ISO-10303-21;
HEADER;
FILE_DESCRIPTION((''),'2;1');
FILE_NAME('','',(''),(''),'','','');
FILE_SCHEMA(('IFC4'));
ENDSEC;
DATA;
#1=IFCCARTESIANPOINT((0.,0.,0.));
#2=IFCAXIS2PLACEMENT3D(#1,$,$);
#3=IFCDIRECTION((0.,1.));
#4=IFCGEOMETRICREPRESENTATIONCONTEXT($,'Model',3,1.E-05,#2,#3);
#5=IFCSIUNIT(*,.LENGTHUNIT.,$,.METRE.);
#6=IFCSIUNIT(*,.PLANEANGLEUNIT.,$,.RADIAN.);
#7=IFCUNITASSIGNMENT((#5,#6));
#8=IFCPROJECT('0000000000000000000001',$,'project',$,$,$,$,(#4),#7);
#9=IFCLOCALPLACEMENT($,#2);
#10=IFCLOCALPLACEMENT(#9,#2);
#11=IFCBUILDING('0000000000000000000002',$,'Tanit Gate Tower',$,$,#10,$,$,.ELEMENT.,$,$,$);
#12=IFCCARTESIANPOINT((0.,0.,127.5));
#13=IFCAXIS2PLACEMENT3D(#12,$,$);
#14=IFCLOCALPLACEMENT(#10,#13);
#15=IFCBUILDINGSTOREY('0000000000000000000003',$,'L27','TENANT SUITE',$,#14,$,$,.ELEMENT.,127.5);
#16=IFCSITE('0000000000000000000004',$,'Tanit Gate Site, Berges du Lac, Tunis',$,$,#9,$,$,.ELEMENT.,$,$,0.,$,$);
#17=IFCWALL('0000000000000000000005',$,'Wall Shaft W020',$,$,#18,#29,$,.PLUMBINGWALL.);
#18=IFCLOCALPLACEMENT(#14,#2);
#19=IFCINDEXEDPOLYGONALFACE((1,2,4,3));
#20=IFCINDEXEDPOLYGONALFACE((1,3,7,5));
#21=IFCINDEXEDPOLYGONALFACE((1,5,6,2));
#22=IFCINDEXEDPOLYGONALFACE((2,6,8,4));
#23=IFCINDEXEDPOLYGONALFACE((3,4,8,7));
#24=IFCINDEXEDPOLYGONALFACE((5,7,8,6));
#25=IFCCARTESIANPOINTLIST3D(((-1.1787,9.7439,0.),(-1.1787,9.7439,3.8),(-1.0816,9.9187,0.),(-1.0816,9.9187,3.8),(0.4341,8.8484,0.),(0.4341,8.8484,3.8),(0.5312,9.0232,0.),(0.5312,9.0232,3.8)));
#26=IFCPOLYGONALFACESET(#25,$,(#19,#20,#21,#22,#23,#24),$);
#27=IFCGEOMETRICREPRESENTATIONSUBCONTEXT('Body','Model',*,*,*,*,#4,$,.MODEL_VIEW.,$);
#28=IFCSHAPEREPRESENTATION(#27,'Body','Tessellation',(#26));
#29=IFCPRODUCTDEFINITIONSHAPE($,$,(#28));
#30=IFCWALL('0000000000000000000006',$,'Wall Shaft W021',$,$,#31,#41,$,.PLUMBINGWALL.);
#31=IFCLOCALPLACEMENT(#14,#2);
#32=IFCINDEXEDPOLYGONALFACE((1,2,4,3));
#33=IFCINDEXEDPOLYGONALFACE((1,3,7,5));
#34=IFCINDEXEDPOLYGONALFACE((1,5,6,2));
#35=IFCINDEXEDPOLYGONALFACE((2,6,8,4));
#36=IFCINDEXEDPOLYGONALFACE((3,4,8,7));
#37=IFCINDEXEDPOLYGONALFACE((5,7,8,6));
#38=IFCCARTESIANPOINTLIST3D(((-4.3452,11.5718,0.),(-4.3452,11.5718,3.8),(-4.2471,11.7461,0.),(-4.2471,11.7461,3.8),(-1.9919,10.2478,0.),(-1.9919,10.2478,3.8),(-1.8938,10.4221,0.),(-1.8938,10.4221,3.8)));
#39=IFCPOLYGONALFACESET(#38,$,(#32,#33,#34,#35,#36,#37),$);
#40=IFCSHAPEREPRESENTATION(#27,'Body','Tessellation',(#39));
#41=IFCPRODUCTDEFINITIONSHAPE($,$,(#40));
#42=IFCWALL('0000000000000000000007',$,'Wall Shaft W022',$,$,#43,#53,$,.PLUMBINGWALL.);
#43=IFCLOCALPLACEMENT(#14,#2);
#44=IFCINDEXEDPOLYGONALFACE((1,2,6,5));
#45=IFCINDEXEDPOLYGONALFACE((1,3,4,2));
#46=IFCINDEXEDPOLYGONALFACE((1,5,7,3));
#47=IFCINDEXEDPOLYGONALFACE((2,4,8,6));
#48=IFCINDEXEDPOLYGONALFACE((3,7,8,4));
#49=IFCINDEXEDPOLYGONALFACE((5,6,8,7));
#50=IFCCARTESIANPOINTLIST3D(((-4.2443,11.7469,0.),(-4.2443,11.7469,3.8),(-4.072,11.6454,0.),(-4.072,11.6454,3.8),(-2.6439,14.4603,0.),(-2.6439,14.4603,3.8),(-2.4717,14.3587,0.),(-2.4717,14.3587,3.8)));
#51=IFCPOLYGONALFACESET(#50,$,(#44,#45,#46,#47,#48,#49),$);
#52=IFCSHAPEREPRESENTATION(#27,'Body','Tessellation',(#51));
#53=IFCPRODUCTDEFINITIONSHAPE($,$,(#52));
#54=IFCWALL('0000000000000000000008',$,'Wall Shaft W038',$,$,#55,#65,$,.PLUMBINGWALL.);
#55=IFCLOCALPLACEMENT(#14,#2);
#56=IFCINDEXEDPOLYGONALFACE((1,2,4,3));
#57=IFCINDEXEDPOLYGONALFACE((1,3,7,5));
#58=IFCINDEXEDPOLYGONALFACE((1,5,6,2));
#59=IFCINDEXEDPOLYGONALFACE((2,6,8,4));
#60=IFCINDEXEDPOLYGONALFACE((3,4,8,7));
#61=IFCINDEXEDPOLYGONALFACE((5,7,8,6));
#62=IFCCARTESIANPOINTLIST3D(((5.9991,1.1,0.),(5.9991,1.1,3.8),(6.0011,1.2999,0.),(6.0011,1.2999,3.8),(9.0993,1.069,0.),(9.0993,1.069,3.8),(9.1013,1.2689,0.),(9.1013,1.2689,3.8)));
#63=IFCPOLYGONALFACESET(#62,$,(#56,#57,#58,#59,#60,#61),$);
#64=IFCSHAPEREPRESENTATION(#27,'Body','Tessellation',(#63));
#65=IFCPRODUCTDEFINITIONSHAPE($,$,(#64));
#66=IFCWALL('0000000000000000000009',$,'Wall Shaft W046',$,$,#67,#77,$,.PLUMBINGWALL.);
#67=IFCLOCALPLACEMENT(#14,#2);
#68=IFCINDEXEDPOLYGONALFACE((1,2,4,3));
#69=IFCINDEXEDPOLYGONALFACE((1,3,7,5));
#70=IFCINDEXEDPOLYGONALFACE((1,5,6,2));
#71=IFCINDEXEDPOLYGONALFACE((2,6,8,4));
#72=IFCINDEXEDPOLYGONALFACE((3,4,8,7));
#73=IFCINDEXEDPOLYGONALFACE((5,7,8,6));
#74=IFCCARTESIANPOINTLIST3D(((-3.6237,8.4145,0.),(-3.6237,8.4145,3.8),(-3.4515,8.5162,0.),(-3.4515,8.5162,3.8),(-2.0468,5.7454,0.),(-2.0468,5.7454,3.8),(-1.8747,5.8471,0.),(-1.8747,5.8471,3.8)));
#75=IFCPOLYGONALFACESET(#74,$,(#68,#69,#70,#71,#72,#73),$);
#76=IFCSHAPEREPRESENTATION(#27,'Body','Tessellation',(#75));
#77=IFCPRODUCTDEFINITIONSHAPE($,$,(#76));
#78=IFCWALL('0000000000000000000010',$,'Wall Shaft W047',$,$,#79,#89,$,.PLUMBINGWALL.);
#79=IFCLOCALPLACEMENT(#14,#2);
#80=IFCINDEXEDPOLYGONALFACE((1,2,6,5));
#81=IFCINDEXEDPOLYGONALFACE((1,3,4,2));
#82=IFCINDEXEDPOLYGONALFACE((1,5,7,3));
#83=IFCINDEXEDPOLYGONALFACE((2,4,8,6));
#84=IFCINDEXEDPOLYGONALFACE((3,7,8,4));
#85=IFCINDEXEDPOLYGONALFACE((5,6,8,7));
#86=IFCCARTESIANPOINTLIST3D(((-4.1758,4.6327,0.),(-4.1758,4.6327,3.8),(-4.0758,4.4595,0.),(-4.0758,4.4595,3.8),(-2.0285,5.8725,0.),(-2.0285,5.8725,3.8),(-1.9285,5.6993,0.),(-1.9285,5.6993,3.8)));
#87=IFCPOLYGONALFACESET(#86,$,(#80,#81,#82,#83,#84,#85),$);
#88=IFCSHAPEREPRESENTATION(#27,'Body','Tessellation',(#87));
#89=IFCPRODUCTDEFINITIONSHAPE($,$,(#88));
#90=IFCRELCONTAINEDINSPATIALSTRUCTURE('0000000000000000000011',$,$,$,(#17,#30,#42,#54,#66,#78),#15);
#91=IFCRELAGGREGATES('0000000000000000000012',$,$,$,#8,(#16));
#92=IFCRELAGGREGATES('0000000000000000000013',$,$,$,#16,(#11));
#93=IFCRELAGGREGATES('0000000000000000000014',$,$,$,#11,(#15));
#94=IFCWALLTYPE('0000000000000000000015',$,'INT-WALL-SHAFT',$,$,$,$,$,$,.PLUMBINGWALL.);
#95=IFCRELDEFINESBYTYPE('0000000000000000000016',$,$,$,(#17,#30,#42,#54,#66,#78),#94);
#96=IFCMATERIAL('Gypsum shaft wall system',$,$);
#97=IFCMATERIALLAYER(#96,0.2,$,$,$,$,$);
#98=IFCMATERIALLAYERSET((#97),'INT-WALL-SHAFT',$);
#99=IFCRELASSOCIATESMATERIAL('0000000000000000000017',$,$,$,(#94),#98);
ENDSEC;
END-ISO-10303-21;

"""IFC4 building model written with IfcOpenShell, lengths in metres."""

from ifc_helpers import new_model, si_unit, direction, frame, frame_2d, origin, place, context, subcontext, project, spatial, rectangle, extrude, material, layer, layer_set, type_object, element, save


model = new_model("IFC4")

# Units and contexts
model_context = context("Model", 3, precision=1e-05, world=origin(), true_north=direction((0.0, 1.0)))
body_context = subcontext(model_context, "Body", "Model", "MODEL_VIEW")
ifc_project = project(units=[si_unit("LENGTHUNIT", "METRE"), si_unit("PLANEANGLEUNIT", "RADIAN")], contexts=[model_context])

# Site, building, storey
site_placement = place(None, origin())
site = spatial("IfcSite", under=ifc_project, at=site_placement, Name="Tanit Gate Site, Berges du Lac, Tunis", CompositionType="ELEMENT", RefElevation=0.0)
building_placement = place(site_placement, origin())
building = spatial("IfcBuilding", under=site, at=building_placement, Name="Tanit Gate Tower", CompositionType="ELEMENT")
storey_placement = place(building_placement, frame((0.0, 0.0, 127.5)))
storey = spatial("IfcBuildingStorey", under=building, at=storey_placement, Name="L27", Description="TENANT SUITE", CompositionType="ELEMENT", Elevation=127.5)

# Walls
ifc_material_1 = material(Name="Gypsum shaft wall system")
ifc_layer_1 = layer(ifc_material_1, 0.2)
ifc_layer_set_1 = layer_set([ifc_layer_1], Name="INT-WALL-SHAFT")
wall_type_1 = type_object("IfcWallType", Name="INT-WALL-SHAFT", PredefinedType="PLUMBINGWALL", material=ifc_layer_set_1)
wall_1_placement = place(storey_placement, frame((0.4827, 8.9358, 0.0), z_axis=(0.0, 0.0, 1.0), x_axis=(-0.87427, 0.485441, 0.0)))
element("IfcWall", 1, at=wall_1_placement, inside=storey, type_object=wall_type_1, Name="Wall Shaft W020", PredefinedType="PLUMBINGWALL", context=body_context, shape_type="SweptSolid", body=[
    extrude(rectangle(XDim=1.8447, YDim=0.2, at=frame_2d((0.9224, 0.0))), origin(), (0.0, 0.0, 1.0), 3.8),
])
wall_2_placement = place(storey_placement, frame((-4.2961, 11.6589, 0.0), z_axis=(0.0, 0.0, 1.0), x_axis=(0.871534, -0.490334, 0.0)))
element("IfcWall", 2, at=wall_2_placement, inside=storey, type_object=wall_type_1, Name="Wall Shaft W021", PredefinedType="PLUMBINGWALL", context=body_context, shape_type="SweptSolid", body=[
    extrude(rectangle(XDim=2.7002, YDim=0.2, at=frame_2d((1.3501, 0.0))), origin(), (0.0, 0.0, 1.0), 3.8),
])
wall_3_placement = place(storey_placement, frame((-4.1582, 11.696, 0.0), z_axis=(0.0, 0.0, 1.0), x_axis=(0.508019, 0.861346, 0.0)))
element("IfcWall", 3, at=wall_3_placement, inside=storey, type_object=wall_type_1, Name="Wall Shaft W022", PredefinedType="PLUMBINGWALL", context=body_context, shape_type="SweptSolid", body=[
    extrude(rectangle(XDim=3.1501, YDim=0.2, at=frame_2d((1.5752, 0.0))), origin(), (0.0, 0.0, 1.0), 3.8),
])

# Walls
wall_4_placement = place(storey_placement, frame((6.0, 1.2, 0.0), z_axis=(0.0, 0.0, 1.0), x_axis=(0.99995, -0.010001, 0.0)))
element("IfcWall", 4, at=wall_4_placement, inside=storey, type_object=wall_type_1, Name="Wall Shaft W038", PredefinedType="PLUMBINGWALL", context=body_context, shape_type="SweptSolid", body=[
    extrude(rectangle(XDim=3.1003, YDim=0.2, at=frame_2d((1.5503, 0.0))), origin(), (0.0, 0.0, 1.0), 3.8),
])
wall_5_placement = place(storey_placement, frame((-3.5376, 8.4653, 0.0), z_axis=(0.0, 0.0, 1.0), x_axis=(0.508647, -0.860975, 0.0)))
element("IfcWall", 5, at=wall_5_placement, inside=storey, type_object=wall_type_1, Name="Wall Shaft W046", PredefinedType="PLUMBINGWALL", context=body_context, shape_type="SweptSolid", body=[
    extrude(rectangle(XDim=3.1001, YDim=0.2, at=frame_2d((1.55, 0.0))), origin(), (0.0, 0.0, 1.0), 3.8),
])
wall_6_placement = place(storey_placement, frame((-1.9785, 5.7859, 0.0), z_axis=(0.0, 0.0, 1.0), x_axis=(-0.866017, -0.500015, 0.0)))
element("IfcWall", 6, at=wall_6_placement, inside=storey, type_object=wall_type_1, Name="Wall Shaft W047", PredefinedType="PLUMBINGWALL", context=body_context, shape_type="SweptSolid", body=[
    extrude(rectangle(XDim=2.4795, YDim=0.2, at=frame_2d((1.2397, 0.0))), origin(), (0.0, 0.0, 1.0), 3.8),
])

save(model, "model.ifc")
